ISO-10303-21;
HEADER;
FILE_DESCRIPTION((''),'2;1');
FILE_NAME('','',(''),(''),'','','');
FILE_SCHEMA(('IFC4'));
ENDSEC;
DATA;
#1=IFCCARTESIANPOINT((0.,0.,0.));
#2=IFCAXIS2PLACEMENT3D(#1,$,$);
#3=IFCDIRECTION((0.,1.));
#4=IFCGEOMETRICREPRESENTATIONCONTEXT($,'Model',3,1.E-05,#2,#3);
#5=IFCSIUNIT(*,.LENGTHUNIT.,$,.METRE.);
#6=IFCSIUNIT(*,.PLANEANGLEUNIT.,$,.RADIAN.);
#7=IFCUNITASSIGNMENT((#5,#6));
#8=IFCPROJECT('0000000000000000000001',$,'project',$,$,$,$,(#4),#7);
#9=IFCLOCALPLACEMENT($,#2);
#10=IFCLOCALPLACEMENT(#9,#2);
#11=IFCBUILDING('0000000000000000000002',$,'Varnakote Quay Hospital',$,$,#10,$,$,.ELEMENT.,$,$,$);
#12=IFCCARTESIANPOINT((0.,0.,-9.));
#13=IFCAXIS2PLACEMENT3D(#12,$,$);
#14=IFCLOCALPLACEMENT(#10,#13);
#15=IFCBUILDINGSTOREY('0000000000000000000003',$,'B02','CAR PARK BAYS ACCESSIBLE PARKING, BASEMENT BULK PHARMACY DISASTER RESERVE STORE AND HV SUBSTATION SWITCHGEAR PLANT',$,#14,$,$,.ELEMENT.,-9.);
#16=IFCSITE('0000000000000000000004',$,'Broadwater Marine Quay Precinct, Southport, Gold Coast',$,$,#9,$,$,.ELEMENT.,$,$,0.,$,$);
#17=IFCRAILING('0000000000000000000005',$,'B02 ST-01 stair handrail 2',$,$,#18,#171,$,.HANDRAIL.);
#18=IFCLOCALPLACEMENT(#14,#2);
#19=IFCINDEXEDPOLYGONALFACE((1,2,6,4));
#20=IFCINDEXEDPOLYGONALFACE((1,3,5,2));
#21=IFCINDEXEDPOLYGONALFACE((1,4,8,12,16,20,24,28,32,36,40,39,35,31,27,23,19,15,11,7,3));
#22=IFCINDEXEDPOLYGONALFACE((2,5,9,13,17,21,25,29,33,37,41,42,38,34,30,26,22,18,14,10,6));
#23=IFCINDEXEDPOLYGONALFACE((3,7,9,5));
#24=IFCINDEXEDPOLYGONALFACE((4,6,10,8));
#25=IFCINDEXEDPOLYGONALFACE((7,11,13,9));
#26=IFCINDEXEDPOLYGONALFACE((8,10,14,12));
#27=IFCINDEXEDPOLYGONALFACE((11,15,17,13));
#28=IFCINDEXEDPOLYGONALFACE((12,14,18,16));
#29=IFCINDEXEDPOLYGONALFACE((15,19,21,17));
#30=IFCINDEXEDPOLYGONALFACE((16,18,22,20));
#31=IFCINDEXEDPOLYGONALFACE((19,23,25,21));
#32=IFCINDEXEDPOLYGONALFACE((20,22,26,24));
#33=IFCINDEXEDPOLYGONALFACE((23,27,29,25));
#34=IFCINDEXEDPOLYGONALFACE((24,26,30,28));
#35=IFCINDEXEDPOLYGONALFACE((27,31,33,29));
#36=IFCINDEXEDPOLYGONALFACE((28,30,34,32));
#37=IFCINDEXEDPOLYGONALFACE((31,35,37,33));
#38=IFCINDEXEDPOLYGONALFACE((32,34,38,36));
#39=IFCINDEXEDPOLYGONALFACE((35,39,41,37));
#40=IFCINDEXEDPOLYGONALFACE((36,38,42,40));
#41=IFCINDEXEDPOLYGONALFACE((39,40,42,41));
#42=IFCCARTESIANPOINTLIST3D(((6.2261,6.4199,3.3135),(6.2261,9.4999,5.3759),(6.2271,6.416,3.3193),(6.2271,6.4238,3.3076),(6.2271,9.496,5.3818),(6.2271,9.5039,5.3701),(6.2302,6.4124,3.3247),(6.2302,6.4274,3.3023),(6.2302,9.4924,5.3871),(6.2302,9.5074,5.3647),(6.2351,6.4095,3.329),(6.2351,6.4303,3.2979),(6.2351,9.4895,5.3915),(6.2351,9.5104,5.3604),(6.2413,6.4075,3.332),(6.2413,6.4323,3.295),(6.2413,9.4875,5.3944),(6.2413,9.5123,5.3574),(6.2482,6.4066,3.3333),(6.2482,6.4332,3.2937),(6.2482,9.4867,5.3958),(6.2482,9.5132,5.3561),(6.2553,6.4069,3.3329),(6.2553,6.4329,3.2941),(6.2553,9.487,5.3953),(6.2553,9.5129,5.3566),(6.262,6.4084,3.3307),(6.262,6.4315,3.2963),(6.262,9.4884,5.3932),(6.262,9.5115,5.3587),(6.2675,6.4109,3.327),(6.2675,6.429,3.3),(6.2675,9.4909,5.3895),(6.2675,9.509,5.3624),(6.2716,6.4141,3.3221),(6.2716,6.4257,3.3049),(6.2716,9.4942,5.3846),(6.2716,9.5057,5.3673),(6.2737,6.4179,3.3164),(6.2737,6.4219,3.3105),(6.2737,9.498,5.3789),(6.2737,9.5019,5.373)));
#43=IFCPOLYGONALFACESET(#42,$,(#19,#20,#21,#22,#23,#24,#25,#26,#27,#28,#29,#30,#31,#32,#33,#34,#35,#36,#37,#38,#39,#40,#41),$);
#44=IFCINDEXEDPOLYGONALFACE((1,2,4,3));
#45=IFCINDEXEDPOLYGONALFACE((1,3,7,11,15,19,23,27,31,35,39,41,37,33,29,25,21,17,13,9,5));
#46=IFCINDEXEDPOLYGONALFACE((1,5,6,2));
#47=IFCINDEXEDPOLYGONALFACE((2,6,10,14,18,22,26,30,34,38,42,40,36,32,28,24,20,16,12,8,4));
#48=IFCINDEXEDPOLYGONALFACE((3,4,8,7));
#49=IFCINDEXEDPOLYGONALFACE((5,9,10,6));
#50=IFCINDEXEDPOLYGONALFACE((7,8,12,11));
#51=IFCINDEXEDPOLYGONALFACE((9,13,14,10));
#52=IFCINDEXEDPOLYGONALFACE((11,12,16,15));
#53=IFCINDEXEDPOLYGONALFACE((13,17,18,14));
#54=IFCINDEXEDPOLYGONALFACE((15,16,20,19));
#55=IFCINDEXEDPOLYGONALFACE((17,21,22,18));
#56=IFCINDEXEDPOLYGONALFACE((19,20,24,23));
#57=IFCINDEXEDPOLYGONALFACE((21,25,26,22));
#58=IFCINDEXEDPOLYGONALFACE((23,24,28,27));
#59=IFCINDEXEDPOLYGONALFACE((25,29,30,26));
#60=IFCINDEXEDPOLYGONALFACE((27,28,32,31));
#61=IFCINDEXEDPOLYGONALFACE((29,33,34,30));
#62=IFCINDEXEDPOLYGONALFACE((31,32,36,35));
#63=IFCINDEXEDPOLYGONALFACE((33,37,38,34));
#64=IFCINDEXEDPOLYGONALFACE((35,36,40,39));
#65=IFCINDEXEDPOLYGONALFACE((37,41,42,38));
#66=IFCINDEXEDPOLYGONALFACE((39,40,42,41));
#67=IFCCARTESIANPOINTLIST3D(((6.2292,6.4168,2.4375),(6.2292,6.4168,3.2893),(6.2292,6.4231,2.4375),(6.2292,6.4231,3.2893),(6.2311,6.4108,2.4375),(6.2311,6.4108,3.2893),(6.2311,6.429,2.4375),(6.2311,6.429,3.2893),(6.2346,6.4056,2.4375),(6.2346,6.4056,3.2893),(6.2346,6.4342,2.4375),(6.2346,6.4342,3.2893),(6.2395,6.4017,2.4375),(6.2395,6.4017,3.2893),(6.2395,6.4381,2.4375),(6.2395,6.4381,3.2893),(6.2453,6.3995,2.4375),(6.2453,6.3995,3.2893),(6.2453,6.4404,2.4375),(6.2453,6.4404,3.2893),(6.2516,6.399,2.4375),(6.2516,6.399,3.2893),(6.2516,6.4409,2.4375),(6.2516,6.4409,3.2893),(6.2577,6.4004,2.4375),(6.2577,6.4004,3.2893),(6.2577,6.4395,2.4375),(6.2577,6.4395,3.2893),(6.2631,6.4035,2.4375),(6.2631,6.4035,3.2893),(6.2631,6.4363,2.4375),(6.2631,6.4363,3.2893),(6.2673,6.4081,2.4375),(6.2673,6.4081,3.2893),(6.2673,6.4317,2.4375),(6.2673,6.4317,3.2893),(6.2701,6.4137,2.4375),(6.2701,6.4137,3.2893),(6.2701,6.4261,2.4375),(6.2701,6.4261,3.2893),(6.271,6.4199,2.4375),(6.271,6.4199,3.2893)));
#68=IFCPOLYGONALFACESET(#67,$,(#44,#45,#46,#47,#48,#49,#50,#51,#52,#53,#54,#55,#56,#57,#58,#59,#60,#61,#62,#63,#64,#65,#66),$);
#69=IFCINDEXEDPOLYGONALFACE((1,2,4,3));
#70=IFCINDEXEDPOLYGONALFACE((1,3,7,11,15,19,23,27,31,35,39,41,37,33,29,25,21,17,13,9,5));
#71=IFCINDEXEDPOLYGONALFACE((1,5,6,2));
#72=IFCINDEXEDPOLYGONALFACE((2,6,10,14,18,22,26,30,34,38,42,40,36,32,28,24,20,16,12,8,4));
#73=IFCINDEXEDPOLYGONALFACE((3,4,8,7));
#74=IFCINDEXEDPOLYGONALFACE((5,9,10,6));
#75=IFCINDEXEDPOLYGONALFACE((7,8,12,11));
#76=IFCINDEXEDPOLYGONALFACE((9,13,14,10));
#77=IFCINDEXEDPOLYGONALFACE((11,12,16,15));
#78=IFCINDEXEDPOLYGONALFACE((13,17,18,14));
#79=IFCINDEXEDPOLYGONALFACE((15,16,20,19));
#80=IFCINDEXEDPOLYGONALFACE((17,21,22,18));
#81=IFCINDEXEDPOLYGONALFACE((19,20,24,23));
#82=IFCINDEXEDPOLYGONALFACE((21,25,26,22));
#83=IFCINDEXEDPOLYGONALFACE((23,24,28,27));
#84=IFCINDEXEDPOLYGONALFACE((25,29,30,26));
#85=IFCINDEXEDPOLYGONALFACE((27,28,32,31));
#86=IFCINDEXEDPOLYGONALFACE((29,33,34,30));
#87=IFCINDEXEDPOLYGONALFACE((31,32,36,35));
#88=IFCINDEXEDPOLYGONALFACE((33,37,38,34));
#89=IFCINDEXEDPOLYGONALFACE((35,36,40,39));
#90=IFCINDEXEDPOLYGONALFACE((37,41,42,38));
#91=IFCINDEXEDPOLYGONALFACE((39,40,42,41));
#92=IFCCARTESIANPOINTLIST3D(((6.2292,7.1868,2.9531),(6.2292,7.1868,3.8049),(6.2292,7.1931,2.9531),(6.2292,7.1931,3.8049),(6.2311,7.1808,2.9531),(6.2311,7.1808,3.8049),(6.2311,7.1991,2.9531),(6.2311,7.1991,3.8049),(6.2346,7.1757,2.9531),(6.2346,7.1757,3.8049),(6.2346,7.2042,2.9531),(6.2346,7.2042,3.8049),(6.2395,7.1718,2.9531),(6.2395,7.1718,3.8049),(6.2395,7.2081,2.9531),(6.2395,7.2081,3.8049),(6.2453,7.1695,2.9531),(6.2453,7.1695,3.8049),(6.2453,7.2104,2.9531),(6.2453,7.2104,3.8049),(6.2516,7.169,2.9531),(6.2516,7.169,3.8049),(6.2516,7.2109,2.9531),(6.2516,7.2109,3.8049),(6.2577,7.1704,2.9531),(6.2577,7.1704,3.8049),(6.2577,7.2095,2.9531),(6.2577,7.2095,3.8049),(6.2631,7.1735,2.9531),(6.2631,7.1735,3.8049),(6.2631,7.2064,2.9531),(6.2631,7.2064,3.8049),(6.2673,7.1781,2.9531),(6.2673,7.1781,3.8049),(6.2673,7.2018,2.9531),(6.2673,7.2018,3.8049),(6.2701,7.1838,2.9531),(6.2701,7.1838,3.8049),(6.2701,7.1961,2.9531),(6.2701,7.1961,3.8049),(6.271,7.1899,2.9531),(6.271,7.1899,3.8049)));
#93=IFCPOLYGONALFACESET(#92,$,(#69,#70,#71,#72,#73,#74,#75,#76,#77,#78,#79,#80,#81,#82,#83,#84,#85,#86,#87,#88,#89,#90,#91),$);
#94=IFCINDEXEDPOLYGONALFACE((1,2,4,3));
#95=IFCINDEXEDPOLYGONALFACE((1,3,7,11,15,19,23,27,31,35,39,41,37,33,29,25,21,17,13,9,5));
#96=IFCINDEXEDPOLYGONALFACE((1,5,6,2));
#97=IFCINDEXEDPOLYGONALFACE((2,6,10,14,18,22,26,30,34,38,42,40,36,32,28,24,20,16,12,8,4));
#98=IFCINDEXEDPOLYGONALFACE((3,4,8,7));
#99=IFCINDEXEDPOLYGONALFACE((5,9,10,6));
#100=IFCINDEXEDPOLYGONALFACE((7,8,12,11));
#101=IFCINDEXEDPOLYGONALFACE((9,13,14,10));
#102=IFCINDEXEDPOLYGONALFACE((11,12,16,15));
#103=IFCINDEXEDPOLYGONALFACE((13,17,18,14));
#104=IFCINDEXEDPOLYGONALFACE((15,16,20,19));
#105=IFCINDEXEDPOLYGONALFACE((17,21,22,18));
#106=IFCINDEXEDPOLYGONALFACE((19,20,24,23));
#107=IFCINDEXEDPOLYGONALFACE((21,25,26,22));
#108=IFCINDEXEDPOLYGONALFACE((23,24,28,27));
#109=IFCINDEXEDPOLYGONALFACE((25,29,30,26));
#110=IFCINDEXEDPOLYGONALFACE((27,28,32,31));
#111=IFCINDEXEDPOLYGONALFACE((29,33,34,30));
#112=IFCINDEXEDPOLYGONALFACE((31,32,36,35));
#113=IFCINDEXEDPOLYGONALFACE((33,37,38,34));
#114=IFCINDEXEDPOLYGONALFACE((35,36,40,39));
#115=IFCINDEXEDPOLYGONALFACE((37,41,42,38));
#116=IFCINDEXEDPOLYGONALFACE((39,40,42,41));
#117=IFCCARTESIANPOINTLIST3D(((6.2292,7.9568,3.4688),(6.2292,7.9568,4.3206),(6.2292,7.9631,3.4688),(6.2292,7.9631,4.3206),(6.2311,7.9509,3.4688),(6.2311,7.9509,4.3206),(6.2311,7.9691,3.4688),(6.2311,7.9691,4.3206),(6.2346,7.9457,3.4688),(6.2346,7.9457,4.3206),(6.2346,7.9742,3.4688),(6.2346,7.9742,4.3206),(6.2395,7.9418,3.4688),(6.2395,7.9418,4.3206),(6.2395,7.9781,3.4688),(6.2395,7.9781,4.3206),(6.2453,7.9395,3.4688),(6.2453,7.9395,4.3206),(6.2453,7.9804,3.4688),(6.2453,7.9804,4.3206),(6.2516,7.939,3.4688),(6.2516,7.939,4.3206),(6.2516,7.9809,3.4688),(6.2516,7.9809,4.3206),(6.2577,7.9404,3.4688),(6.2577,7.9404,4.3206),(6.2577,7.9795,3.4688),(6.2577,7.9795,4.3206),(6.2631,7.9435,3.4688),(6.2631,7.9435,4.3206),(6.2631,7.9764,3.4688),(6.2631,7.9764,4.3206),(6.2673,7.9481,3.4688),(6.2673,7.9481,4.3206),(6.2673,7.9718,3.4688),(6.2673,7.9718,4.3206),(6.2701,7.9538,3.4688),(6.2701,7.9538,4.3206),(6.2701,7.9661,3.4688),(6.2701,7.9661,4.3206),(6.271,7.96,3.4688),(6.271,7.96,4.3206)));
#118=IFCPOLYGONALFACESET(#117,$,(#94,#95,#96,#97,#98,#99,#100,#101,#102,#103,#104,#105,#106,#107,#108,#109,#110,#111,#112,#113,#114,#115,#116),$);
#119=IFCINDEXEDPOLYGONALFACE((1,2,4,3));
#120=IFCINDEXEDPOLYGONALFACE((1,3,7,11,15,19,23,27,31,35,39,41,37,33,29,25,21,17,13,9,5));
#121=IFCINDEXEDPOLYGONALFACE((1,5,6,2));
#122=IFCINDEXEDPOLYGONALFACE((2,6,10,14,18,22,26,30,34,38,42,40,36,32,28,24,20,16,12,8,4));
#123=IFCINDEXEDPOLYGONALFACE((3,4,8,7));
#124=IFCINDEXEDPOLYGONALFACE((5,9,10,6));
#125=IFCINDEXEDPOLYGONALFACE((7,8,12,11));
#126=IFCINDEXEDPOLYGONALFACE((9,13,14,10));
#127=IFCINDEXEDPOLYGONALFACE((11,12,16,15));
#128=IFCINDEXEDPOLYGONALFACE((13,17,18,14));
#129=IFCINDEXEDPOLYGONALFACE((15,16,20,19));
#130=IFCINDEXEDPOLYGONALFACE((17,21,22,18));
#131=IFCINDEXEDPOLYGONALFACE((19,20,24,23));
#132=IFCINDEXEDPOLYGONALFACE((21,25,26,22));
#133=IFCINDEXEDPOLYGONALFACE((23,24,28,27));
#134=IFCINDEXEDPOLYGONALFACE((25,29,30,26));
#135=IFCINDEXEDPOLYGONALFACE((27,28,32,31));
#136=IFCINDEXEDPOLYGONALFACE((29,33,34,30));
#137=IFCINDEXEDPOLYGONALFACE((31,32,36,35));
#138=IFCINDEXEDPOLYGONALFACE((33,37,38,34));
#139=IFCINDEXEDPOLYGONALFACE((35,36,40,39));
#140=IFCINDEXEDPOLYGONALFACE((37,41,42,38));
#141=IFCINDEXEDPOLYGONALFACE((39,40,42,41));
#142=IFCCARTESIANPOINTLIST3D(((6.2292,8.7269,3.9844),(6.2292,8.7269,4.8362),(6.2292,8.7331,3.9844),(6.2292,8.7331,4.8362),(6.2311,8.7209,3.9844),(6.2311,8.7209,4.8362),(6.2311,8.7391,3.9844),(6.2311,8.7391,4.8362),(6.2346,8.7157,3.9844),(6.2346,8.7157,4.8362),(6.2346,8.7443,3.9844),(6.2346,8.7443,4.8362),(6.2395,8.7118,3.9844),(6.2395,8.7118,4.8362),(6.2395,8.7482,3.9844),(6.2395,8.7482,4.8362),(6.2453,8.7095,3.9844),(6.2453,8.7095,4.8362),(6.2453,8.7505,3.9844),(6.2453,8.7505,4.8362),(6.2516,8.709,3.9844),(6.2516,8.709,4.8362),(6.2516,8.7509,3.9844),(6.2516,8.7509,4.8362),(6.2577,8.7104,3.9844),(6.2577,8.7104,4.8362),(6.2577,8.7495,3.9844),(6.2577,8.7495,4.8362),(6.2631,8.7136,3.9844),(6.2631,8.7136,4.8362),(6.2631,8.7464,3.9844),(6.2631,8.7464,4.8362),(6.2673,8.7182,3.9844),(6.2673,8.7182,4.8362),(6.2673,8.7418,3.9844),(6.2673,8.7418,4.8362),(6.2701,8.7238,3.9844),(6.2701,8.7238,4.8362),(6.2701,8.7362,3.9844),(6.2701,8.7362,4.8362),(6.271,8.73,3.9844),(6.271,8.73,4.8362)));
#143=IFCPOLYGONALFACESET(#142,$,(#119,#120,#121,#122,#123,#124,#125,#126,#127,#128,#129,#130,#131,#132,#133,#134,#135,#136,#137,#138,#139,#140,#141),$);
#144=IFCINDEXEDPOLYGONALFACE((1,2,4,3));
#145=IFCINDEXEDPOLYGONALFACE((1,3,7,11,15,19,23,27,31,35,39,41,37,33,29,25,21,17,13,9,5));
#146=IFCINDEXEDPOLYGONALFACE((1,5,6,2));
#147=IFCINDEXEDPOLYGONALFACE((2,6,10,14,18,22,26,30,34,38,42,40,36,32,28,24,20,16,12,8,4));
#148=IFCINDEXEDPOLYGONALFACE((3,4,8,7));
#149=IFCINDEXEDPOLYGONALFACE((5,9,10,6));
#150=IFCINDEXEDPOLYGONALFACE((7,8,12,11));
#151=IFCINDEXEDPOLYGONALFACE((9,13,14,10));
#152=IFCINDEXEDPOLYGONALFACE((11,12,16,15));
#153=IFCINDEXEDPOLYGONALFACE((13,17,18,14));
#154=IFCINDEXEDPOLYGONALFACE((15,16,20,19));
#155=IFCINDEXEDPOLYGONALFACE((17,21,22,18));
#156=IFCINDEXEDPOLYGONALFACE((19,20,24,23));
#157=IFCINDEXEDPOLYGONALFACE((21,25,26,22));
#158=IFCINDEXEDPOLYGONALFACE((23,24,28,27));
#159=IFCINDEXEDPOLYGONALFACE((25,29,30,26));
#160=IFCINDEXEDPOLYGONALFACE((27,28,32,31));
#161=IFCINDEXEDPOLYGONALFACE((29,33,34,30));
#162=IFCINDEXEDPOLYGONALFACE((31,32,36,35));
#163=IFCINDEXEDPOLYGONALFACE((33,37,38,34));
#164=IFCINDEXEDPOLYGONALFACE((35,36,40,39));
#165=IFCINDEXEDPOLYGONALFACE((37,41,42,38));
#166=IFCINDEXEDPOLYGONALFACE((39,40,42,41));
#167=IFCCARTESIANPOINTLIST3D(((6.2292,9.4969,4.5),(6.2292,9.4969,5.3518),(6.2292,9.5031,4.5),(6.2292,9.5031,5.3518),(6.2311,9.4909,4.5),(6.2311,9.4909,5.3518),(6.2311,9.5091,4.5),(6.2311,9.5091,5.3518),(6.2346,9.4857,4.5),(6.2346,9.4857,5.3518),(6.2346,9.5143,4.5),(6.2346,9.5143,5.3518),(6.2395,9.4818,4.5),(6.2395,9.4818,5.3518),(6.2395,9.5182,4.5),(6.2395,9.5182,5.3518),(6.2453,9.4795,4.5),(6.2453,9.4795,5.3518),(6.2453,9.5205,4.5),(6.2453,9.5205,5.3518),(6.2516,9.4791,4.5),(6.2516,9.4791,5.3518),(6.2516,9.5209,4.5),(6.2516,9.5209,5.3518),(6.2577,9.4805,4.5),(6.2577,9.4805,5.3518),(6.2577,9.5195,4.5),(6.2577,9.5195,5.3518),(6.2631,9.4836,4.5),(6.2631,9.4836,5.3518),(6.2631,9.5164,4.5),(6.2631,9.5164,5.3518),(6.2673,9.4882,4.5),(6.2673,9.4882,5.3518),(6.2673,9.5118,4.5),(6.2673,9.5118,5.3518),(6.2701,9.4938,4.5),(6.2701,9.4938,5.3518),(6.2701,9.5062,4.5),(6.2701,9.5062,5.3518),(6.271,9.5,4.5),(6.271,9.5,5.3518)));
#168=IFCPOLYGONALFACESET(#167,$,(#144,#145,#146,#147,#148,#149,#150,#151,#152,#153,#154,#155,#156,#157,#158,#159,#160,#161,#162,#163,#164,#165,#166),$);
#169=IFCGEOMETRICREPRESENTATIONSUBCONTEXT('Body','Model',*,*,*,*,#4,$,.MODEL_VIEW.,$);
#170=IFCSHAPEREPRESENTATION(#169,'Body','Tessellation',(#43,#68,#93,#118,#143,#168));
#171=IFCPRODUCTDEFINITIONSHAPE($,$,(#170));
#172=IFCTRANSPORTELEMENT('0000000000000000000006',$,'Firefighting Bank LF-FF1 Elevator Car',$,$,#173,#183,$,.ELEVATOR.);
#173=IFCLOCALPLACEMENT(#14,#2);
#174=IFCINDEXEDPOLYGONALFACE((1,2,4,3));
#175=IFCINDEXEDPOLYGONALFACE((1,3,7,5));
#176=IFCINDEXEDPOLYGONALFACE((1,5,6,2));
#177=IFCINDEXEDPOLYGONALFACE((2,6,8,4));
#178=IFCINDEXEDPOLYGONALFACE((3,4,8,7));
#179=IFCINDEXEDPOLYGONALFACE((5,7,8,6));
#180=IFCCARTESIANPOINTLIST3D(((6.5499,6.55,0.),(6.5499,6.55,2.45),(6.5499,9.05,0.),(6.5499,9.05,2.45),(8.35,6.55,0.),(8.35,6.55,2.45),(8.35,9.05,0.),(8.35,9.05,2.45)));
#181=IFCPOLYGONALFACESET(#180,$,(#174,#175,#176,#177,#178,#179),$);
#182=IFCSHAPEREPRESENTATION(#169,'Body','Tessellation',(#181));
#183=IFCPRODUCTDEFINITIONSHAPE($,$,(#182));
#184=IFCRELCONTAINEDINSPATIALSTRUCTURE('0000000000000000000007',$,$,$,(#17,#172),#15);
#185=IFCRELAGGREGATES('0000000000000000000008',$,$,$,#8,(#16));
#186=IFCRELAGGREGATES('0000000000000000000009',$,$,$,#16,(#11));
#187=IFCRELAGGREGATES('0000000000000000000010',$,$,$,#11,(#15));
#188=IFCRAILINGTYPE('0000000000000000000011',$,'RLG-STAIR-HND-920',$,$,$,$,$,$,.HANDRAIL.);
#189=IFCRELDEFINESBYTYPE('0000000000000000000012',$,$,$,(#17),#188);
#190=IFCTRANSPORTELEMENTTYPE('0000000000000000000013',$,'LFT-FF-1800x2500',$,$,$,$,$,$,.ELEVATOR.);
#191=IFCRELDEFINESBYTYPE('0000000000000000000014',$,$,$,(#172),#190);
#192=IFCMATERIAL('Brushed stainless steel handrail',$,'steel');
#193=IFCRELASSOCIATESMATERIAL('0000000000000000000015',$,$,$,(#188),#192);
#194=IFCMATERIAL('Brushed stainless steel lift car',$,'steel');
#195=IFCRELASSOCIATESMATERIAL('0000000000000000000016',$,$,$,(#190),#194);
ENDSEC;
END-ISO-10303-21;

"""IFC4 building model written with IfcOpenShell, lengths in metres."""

from ifc_helpers import new_model, si_unit, direction, frame, origin, origin_2d, place, context, subcontext, project, spatial, rectangle, circle, extrude, material, type_object, element, save


model = new_model("IFC4")

# Units and contexts
model_context = context("Model", 3, precision=1e-05, world=origin(), true_north=direction((0.0, 1.0)))
body_context = subcontext(model_context, "Body", "Model", "MODEL_VIEW")
ifc_project = project(units=[si_unit("LENGTHUNIT", "METRE"), si_unit("PLANEANGLEUNIT", "RADIAN")], contexts=[model_context])

# Site, building, storey
site_placement = place(None, origin())
site = spatial("IfcSite", under=ifc_project, at=site_placement, Name="Broadwater Marine Quay Precinct, Southport, Gold Coast", CompositionType="ELEMENT", RefElevation=0.0)
building_placement = place(site_placement, origin())
building = spatial("IfcBuilding", under=site, at=building_placement, Name="Varnakote Quay Hospital", CompositionType="ELEMENT")
storey_placement = place(building_placement, frame((0.0, 0.0, -9.0)))
storey = spatial("IfcBuildingStorey", under=building, at=storey_placement, Name="B02", Description="CAR PARK BAYS ACCESSIBLE PARKING, BASEMENT BULK PHARMACY DISASTER RESERVE STORE AND HV SUBSTATION SWITCHGEAR PLANT", CompositionType="ELEMENT", Elevation=-9.0)

# Railing
ifc_material_1 = material(Name="Brushed stainless steel handrail", Category="steel")
railing_type_1 = type_object("IfcRailingType", Name="RLG-STAIR-HND-920", PredefinedType="HANDRAIL", material=ifc_material_1)
railing_1_placement = place(storey_placement, frame((6.25, 6.4199, 2.4375)))
element("IfcRailing", 1, at=railing_1_placement, inside=storey, type_object=railing_type_1, Name="B02 ST-01 stair handrail 2", PredefinedType="HANDRAIL", context=body_context, shape_type="SweptSolid", body=[
    extrude(circle(Radius=0.0239, at=origin_2d()), frame((0.0, 0.0, 0.876), z_axis=(0.0, 0.830914, 0.556401), x_axis=(-1.0, 0.0, 0.0)), (0.0, 0.0, 1.0), 3.7068),
    extrude(circle(Radius=0.021, at=origin_2d()), origin(), (0.0, 0.0, 1.0), 0.8518),
    extrude(circle(Radius=0.021, at=origin_2d()), frame((0.0, 0.77, 0.5156)), (0.0, 0.0, 1.0), 0.8518),
    extrude(circle(Radius=0.021, at=origin_2d()), frame((0.0, 1.54, 1.0312)), (0.0, 0.0, 1.0), 0.8518),
    extrude(circle(Radius=0.021, at=origin_2d()), frame((0.0, 2.3101, 1.5469)), (0.0, 0.0, 1.0), 0.8518),
    extrude(circle(Radius=0.021, at=origin_2d()), frame((0.0, 3.0801, 2.0625)), (0.0, 0.0, 1.0), 0.8518),
])

# Transport element
ifc_material_2 = material(Name="Brushed stainless steel lift car", Category="steel")
transport_element_type = type_object("IfcTransportElementType", Name="LFT-FF-1800x2500", PredefinedType="ELEVATOR", material=ifc_material_2)
transport_element_placement = place(storey_placement, frame((7.45, 7.8, 0.0), z_axis=(0.0, 0.0, 1.0), x_axis=(1.0, 0.0, 0.0)))
element("IfcTransportElement", 2, at=transport_element_placement, inside=storey, type_object=transport_element_type, Name="Firefighting Bank LF-FF1 Elevator Car", PredefinedType="ELEVATOR", context=body_context, shape_type="SweptSolid", body=[
    extrude(rectangle(XDim=1.8, YDim=2.5, at=origin_2d()), origin(), (0.0, 0.0, 1.0), 2.45),
])

save(model, "model.ifc")
